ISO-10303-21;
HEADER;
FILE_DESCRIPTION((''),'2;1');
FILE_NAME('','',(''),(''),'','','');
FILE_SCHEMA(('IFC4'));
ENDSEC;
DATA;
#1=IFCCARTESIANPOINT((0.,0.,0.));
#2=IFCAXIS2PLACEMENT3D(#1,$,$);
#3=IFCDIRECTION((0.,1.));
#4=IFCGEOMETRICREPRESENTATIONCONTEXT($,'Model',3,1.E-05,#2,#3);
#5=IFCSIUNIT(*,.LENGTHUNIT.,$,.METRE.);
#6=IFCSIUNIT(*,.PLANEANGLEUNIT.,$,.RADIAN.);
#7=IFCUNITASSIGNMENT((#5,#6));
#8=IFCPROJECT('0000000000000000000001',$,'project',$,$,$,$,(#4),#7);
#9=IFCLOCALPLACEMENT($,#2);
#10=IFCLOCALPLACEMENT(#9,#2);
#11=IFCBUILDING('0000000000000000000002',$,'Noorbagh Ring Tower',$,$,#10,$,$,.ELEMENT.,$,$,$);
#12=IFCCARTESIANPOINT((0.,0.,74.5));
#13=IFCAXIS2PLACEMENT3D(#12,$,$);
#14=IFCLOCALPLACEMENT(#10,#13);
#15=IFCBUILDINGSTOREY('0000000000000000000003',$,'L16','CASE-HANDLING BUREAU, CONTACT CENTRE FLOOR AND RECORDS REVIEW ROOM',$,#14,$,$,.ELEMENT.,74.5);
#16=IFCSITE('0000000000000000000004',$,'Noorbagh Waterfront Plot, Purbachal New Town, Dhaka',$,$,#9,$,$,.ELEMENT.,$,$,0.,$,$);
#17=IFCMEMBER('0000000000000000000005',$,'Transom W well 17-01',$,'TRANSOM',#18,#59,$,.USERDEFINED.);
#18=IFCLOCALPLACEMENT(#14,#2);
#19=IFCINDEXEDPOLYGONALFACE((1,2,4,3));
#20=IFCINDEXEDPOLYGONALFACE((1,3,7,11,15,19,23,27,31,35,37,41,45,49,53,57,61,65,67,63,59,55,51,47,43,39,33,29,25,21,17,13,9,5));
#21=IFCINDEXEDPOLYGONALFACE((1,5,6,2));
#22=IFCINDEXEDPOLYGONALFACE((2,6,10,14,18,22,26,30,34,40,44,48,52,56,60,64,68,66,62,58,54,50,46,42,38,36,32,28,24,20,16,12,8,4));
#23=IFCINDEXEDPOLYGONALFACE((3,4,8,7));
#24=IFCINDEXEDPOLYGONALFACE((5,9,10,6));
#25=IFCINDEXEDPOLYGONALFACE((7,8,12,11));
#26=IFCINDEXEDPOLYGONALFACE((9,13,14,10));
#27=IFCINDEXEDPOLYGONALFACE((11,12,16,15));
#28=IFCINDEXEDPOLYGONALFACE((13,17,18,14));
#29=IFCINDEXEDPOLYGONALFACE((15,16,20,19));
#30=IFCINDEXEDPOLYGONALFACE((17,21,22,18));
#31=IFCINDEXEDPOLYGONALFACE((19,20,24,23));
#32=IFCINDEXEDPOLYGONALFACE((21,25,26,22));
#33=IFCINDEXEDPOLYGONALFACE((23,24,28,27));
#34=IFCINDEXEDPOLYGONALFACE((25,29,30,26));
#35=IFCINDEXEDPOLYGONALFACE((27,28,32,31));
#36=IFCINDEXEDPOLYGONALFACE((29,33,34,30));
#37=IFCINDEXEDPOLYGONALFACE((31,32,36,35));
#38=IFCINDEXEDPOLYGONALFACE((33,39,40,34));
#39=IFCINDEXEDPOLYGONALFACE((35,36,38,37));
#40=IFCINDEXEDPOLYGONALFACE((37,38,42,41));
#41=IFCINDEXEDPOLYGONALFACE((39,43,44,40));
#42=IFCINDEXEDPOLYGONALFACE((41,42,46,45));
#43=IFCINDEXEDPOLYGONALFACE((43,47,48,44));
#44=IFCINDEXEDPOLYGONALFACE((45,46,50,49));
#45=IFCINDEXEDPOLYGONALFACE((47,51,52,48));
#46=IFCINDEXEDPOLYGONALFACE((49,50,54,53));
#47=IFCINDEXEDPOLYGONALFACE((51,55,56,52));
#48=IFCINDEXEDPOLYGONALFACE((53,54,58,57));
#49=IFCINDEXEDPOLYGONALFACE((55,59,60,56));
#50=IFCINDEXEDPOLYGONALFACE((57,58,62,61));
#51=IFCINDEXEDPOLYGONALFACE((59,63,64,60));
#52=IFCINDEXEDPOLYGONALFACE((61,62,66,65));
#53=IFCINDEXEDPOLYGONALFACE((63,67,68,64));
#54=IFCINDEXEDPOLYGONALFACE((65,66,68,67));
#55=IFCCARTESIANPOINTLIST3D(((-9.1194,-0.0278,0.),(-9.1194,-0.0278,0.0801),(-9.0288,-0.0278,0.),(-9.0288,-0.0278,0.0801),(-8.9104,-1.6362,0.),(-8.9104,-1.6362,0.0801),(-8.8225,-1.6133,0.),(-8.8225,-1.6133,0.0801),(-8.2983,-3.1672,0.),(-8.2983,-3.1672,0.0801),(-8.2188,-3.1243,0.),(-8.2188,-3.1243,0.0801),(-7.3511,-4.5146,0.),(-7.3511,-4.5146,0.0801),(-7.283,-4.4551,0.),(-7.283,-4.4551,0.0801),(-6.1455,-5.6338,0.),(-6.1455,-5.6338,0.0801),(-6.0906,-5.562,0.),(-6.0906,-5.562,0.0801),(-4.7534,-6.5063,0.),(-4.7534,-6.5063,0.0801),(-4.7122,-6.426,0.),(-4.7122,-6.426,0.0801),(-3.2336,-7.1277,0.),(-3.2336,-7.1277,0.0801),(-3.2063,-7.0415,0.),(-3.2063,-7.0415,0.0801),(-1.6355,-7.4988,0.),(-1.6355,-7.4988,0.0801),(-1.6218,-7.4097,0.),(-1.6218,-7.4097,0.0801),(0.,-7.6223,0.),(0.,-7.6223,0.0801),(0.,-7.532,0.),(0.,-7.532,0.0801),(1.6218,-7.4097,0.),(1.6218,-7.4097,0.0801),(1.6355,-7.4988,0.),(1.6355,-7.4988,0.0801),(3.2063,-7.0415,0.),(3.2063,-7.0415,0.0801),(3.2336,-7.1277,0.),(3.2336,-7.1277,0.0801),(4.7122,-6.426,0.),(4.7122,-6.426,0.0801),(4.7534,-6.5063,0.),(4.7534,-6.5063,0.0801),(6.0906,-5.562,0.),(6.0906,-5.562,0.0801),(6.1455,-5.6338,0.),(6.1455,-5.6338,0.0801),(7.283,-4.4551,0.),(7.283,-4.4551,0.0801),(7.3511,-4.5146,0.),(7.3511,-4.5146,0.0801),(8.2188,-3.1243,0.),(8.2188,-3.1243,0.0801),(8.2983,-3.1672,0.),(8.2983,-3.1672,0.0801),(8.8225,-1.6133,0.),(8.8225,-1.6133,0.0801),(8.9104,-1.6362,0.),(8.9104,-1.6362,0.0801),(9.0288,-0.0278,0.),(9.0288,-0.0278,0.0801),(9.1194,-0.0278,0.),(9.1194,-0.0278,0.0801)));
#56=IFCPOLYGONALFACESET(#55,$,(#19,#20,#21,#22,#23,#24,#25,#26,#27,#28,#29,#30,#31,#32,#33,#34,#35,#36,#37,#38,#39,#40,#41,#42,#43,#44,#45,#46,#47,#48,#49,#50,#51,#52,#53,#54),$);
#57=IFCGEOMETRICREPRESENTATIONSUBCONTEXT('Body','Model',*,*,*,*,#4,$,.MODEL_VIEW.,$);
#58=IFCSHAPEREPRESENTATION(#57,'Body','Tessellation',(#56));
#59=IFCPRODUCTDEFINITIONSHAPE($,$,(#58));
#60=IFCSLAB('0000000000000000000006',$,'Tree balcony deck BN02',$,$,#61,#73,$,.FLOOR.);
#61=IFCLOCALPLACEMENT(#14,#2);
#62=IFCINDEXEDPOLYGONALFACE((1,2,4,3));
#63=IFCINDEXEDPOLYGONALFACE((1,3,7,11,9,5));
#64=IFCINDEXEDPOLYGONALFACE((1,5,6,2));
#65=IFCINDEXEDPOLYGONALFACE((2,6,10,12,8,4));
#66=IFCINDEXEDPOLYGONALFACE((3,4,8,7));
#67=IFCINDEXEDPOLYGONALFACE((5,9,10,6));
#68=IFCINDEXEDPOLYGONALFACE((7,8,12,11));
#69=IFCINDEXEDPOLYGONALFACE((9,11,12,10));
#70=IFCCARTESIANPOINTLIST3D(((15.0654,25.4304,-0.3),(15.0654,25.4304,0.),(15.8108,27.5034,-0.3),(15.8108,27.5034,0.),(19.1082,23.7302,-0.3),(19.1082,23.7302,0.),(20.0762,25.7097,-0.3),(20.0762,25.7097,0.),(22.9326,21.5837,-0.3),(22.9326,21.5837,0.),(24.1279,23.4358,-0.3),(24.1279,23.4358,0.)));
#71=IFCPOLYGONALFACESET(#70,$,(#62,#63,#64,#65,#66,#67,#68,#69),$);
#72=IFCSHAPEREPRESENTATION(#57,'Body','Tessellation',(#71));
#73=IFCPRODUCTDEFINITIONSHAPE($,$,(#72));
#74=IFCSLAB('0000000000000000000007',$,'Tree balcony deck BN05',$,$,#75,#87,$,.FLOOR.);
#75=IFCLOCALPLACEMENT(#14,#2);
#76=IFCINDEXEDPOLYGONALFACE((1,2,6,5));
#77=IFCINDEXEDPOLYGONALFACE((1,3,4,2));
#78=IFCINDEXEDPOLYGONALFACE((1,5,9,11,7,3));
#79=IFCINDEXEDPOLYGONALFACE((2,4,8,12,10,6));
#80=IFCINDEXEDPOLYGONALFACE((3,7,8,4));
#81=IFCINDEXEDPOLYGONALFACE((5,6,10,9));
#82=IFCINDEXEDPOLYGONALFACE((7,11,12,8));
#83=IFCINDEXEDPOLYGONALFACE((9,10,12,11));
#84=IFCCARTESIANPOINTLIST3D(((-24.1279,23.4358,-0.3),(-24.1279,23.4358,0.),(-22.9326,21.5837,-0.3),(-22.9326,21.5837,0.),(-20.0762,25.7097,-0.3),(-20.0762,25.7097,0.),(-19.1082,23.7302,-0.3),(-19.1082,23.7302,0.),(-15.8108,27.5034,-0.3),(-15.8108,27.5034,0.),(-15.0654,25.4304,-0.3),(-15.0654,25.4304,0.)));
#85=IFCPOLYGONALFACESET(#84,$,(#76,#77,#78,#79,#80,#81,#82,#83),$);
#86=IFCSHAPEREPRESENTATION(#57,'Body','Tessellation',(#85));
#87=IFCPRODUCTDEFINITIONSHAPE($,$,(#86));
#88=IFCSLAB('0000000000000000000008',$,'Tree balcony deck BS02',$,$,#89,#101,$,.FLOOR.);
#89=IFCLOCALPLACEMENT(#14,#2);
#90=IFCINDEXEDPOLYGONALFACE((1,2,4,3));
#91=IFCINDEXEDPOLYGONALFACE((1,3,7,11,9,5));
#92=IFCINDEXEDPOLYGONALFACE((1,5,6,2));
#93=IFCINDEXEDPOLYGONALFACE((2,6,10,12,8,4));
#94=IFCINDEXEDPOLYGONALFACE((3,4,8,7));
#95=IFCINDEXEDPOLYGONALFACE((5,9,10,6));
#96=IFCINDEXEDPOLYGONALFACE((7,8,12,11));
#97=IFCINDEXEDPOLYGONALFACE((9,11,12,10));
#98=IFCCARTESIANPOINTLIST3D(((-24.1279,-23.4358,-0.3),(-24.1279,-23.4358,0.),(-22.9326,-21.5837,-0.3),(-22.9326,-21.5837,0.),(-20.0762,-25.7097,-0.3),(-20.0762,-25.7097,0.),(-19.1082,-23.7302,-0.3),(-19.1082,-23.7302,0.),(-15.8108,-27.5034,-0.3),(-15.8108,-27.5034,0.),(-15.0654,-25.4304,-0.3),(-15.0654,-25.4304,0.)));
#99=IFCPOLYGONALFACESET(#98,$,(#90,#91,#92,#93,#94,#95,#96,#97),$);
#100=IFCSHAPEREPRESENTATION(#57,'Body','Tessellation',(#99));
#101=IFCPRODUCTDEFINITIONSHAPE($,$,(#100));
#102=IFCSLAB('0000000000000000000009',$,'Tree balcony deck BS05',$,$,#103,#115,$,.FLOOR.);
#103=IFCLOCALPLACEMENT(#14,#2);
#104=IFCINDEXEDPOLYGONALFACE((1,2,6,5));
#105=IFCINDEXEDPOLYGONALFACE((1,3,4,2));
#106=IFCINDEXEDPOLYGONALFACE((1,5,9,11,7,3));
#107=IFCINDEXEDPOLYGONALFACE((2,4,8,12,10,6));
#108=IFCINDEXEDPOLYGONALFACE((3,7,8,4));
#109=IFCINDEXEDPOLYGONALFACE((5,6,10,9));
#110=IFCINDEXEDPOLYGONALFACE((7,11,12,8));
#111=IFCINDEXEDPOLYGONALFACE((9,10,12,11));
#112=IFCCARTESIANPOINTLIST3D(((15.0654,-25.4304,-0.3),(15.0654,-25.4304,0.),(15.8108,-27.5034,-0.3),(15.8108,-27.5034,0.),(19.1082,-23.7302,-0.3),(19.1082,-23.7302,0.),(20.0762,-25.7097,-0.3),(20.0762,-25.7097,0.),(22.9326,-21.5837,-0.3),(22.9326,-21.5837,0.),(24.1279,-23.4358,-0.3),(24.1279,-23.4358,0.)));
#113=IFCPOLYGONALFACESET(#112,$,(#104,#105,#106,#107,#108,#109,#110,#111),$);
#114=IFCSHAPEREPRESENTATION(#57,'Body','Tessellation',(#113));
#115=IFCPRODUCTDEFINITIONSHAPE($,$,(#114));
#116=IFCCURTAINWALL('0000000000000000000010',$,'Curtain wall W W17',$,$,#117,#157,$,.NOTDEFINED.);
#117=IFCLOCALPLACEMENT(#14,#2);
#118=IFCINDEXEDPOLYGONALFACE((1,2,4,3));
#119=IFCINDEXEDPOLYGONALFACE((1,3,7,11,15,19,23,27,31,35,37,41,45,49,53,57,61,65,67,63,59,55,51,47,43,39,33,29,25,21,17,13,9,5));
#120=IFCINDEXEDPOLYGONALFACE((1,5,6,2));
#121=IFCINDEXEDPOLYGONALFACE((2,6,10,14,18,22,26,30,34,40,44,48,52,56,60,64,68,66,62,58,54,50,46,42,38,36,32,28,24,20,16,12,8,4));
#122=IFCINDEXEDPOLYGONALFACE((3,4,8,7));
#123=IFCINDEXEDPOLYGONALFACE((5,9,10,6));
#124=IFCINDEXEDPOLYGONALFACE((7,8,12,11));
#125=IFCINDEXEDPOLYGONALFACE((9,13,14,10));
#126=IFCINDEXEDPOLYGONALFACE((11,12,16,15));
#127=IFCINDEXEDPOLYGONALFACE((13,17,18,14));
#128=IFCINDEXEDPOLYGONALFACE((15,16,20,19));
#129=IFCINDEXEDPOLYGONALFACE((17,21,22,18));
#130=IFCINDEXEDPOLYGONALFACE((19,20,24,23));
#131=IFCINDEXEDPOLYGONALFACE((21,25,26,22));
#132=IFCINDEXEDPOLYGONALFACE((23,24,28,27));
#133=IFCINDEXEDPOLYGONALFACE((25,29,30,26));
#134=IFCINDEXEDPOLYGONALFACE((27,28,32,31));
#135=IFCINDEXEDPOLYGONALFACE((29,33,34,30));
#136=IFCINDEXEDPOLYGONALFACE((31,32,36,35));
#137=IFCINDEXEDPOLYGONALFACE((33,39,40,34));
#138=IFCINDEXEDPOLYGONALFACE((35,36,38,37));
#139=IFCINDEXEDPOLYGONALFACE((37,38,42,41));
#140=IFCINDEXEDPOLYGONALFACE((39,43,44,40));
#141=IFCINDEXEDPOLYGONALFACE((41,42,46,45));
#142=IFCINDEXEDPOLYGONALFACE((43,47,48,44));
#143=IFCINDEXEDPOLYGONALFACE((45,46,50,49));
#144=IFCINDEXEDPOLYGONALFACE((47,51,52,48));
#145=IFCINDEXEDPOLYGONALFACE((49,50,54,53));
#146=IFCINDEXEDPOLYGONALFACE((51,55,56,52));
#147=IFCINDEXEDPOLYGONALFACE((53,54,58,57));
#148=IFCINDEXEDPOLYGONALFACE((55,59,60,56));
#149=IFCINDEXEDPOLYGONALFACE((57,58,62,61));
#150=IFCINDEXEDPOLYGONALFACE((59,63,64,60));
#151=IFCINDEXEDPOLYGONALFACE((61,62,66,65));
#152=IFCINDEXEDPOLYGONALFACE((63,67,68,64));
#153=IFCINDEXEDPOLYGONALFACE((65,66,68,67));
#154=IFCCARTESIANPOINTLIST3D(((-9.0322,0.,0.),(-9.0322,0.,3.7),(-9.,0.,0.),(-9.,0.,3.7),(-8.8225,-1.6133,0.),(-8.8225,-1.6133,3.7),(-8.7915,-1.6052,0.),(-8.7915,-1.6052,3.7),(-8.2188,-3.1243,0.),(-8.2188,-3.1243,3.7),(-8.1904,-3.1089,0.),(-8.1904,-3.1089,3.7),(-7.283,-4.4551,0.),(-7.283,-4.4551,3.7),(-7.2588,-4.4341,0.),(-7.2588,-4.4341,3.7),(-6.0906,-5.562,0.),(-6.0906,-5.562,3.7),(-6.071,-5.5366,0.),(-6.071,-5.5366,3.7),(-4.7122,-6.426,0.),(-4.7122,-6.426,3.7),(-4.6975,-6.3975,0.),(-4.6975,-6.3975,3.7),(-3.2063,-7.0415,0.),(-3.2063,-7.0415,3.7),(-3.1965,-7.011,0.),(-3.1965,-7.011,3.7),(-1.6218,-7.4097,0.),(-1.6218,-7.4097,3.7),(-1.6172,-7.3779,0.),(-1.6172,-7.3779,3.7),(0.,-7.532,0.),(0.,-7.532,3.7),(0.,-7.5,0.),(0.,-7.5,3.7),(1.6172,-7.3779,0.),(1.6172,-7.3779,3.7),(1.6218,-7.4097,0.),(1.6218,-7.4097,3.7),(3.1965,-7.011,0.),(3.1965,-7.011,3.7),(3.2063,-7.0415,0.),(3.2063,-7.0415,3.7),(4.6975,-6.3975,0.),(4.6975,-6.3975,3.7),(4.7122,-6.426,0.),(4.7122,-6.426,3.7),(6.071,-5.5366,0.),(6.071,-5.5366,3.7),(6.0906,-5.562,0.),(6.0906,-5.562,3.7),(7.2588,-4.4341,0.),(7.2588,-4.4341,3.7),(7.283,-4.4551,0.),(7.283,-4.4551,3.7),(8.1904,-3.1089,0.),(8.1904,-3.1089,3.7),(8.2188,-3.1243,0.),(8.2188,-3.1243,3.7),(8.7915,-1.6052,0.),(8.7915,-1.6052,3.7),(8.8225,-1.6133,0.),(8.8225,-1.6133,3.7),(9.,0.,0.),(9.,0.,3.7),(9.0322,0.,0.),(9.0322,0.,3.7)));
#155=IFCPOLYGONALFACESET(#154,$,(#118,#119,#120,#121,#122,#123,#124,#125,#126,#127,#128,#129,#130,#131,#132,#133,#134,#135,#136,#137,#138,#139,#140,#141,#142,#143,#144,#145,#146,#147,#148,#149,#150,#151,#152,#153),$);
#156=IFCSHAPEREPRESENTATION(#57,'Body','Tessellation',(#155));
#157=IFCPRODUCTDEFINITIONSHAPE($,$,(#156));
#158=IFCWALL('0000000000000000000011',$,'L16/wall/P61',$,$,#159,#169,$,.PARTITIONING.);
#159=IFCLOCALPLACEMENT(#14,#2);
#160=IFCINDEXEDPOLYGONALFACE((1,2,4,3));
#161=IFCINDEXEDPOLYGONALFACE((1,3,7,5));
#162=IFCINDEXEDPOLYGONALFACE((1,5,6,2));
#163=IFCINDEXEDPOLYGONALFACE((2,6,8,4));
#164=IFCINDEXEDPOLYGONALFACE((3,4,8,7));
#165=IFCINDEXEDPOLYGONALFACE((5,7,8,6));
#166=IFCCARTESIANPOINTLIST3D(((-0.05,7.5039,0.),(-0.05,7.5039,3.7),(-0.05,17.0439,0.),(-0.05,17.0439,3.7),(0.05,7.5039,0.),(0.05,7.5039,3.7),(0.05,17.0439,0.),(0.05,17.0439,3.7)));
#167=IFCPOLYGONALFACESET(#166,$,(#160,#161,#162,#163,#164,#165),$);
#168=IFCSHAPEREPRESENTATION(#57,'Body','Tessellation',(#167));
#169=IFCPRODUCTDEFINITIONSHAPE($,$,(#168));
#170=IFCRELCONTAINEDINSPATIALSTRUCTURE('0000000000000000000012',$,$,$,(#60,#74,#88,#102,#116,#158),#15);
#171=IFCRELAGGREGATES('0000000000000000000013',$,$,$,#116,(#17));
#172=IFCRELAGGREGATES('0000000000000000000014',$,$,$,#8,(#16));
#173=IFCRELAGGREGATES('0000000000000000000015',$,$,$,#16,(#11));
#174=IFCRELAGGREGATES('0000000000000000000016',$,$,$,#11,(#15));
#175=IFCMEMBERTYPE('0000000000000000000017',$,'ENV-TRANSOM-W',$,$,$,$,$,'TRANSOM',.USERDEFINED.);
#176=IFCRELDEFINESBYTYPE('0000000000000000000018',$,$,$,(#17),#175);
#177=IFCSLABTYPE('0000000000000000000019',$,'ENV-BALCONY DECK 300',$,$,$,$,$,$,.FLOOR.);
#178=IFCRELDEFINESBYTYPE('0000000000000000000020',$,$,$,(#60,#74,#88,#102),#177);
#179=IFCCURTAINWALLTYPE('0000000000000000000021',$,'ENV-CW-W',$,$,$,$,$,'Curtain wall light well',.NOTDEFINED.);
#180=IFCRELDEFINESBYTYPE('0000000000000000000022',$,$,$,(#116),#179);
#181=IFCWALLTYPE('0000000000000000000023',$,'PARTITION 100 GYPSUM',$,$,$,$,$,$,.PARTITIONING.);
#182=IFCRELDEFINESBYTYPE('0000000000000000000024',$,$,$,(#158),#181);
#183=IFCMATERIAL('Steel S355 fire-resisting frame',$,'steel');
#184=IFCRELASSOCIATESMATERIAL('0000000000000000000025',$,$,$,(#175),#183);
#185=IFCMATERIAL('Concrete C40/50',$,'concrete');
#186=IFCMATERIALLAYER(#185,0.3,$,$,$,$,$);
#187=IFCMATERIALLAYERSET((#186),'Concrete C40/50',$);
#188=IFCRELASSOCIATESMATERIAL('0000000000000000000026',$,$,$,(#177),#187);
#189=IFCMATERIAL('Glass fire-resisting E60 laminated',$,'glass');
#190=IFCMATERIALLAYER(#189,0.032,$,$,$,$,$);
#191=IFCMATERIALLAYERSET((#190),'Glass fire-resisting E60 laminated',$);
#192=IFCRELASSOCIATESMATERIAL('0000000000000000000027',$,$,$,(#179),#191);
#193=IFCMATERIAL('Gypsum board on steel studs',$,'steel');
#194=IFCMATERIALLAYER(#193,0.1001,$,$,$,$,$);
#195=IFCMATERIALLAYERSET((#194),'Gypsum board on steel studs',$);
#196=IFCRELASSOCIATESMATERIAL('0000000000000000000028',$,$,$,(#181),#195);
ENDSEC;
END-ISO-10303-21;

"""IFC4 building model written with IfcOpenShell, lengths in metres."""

from ifc_helpers import new_model, si_unit, direction, frame, frame_2d, origin, place, context, subcontext, project, spatial, polyline, rectangle, outline, extrude, material, layer, layer_set, type_object, element, aggregate, save


model = new_model("IFC4")

# Units and contexts
model_context = context("Model", 3, precision=1e-05, world=origin(), true_north=direction((0.0, 1.0)))
body_context = subcontext(model_context, "Body", "Model", "MODEL_VIEW")
ifc_project = project(units=[si_unit("LENGTHUNIT", "METRE"), si_unit("PLANEANGLEUNIT", "RADIAN")], contexts=[model_context])

# Site, building, storey
site_placement = place(None, origin())
site = spatial("IfcSite", under=ifc_project, at=site_placement, Name="Noorbagh Waterfront Plot, Purbachal New Town, Dhaka", CompositionType="ELEMENT", RefElevation=0.0)
building_placement = place(site_placement, origin())
building = spatial("IfcBuilding", under=site, at=building_placement, Name="Noorbagh Ring Tower", CompositionType="ELEMENT")
storey_placement = place(building_placement, frame((0.0, 0.0, 74.5)))
storey = spatial("IfcBuildingStorey", under=building, at=storey_placement, Name="L16", Description="CASE-HANDLING BUREAU, CONTACT CENTRE FLOOR AND RECORDS REVIEW ROOM", CompositionType="ELEMENT", Elevation=74.5)

# Member
ifc_material_1 = material(Name="Steel S355 fire-resisting frame", Category="steel")
member_type_1 = type_object("IfcMemberType", Name="ENV-TRANSOM-W", ElementType="TRANSOM", PredefinedType="USERDEFINED", material=ifc_material_1)
member_1_placement = place(storey_placement, origin())
member_1 = element("IfcMember", 1, at=member_1_placement, type_object=member_type_1, Name="Transom W well 17-01", ObjectType="TRANSOM", PredefinedType="USERDEFINED", context=body_context, shape_type="SweptSolid", body=[
    extrude(outline(polyline([(-9.1194, -0.0278), (-8.9104, -1.6362), (-8.2983, -3.1672), (-7.3511, -4.5146), (-6.1455, -5.6338), (-4.7534, -6.5063), (-3.2336, -7.1277), (-1.6355, -7.4988), (0.0, -7.6223), (1.6355, -7.4988), (3.2336, -7.1277), (4.7534, -6.5063), (6.1455, -5.6338), (7.3511, -4.5146), (8.2983, -3.1672), (8.9104, -1.6362), (9.1194, -0.0278), (9.0288, -0.0278), (8.8225, -1.6133), (8.2188, -3.1243), (7.283, -4.4551), (6.0906, -5.562), (4.7122, -6.426), (3.2063, -7.0415), (1.6218, -7.4097), (0.0, -7.532), (-1.6218, -7.4097), (-3.2063, -7.0415), (-4.7122, -6.426), (-6.0906, -5.562), (-7.283, -4.4551), (-8.2188, -3.1243), (-8.8225, -1.6133), (-9.0288, -0.0278), (-9.1194, -0.0278)])), origin(), (0.0, 0.0, 1.0), 0.0801),
])

# Slabs
ifc_material_2 = material(Name="Concrete C40/50", Category="concrete")
ifc_layer_1 = layer(ifc_material_2, 0.3)
ifc_layer_set_1 = layer_set([ifc_layer_1], Name="Concrete C40/50")
slab_type = type_object("IfcSlabType", Name="ENV-BALCONY DECK 300", PredefinedType="FLOOR", material=ifc_layer_set_1)
slab_1_placement = place(storey_placement, frame((0.0, 0.0, -0.3)))
element("IfcSlab", 2, at=slab_1_placement, inside=storey, type_object=slab_type, Name="Tree balcony deck BN02", PredefinedType="FLOOR", context=body_context, shape_type="SweptSolid", body=[
    extrude(outline(polyline([(24.1279, 23.4358), (20.0762, 25.7097), (15.8108, 27.5034), (15.0654, 25.4304), (19.1082, 23.7302), (22.9326, 21.5837), (24.1279, 23.4358)])), origin(), (0.0, 0.0, 1.0), 0.3),
])
slab_2_placement = place(storey_placement, frame((0.0, 0.0, -0.3)))
element("IfcSlab", 3, at=slab_2_placement, inside=storey, type_object=slab_type, Name="Tree balcony deck BN05", PredefinedType="FLOOR", context=body_context, shape_type="SweptSolid", body=[
    extrude(outline(polyline([(-15.8108, 27.5034), (-20.0762, 25.7097), (-24.1279, 23.4358), (-22.9326, 21.5837), (-19.1082, 23.7302), (-15.0654, 25.4304), (-15.8108, 27.5034)])), origin(), (0.0, 0.0, 1.0), 0.3),
])
slab_3_placement = place(storey_placement, frame((0.0, 0.0, -0.3)))
element("IfcSlab", 4, at=slab_3_placement, inside=storey, type_object=slab_type, Name="Tree balcony deck BS02", PredefinedType="FLOOR", context=body_context, shape_type="SweptSolid", body=[
    extrude(outline(polyline([(-24.1279, -23.4358), (-20.0762, -25.7097), (-15.8108, -27.5034), (-15.0654, -25.4304), (-19.1082, -23.7302), (-22.9326, -21.5837), (-24.1279, -23.4358)])), origin(), (0.0, 0.0, 1.0), 0.3),
])
slab_4_placement = place(storey_placement, frame((0.0, 0.0, -0.3)))
element("IfcSlab", 5, at=slab_4_placement, inside=storey, type_object=slab_type, Name="Tree balcony deck BS05", PredefinedType="FLOOR", context=body_context, shape_type="SweptSolid", body=[
    extrude(outline(polyline([(15.8108, -27.5034), (20.0762, -25.7097), (24.1279, -23.4358), (22.9326, -21.5837), (19.1082, -23.7302), (15.0654, -25.4304), (15.8108, -27.5034)])), origin(), (0.0, 0.0, 1.0), 0.3),
])

# Curtain wall
ifc_material_3 = material(Name="Glass fire-resisting E60 laminated", Category="glass")
ifc_layer_2 = layer(ifc_material_3, 0.032)
ifc_layer_set_2 = layer_set([ifc_layer_2], Name="Glass fire-resisting E60 laminated")
curtain_wall_type_1 = type_object("IfcCurtainWallType", Name="ENV-CW-W", ElementType="Curtain wall light well", PredefinedType="NOTDEFINED", material=ifc_layer_set_2)
curtain_wall_1_placement = place(storey_placement, origin())
curtain_wall_1 = element("IfcCurtainWall", 6, at=curtain_wall_1_placement, inside=storey, type_object=curtain_wall_type_1, Name="Curtain wall W W17", PredefinedType="NOTDEFINED", context=body_context, shape_type="SweptSolid", body=[
    extrude(outline(polyline([(-9.0322, 0.0), (-8.8225, -1.6133), (-8.2188, -3.1243), (-7.283, -4.4551), (-6.0906, -5.562), (-4.7122, -6.426), (-3.2063, -7.0415), (-1.6218, -7.4097), (0.0, -7.532), (1.6218, -7.4097), (3.2063, -7.0415), (4.7122, -6.426), (6.0906, -5.562), (7.283, -4.4551), (8.2188, -3.1243), (8.8225, -1.6133), (9.0322, 0.0), (9.0, 0.0), (8.7915, -1.6052), (8.1904, -3.1089), (7.2588, -4.4341), (6.071, -5.5366), (4.6975, -6.3975), (3.1965, -7.011), (1.6172, -7.3779), (0.0, -7.5), (-1.6172, -7.3779), (-3.1965, -7.011), (-4.6975, -6.3975), (-6.071, -5.5366), (-7.2588, -4.4341), (-8.1904, -3.1089), (-8.7915, -1.6052), (-9.0, 0.0), (-9.0322, 0.0)])), origin(), (0.0, 0.0, 1.0), 3.7),
])
aggregate(curtain_wall_1, [member_1])

# Wall
ifc_material_4 = material(Name="Gypsum board on steel studs", Category="steel")
ifc_layer_3 = layer(ifc_material_4, 0.1001)
ifc_layer_set_3 = layer_set([ifc_layer_3], Name="Gypsum board on steel studs")
wall_type = type_object("IfcWallType", Name="PARTITION 100 GYPSUM", PredefinedType="PARTITIONING", material=ifc_layer_set_3)
wall_placement = place(storey_placement, frame((0.0, 7.5039, 0.0), z_axis=(0.0, 0.0, 1.0), x_axis=(0.0, 1.0, 0.0)))
element("IfcWall", 7, at=wall_placement, inside=storey, type_object=wall_type, Name="L16/wall/P61", PredefinedType="PARTITIONING", context=body_context, shape_type="SweptSolid", body=[
    extrude(rectangle(XDim=9.54, YDim=0.1001, at=frame_2d((4.77, 0.0))), origin(), (0.0, 0.0, 1.0), 3.7),
])

save(model, "model.ifc")
